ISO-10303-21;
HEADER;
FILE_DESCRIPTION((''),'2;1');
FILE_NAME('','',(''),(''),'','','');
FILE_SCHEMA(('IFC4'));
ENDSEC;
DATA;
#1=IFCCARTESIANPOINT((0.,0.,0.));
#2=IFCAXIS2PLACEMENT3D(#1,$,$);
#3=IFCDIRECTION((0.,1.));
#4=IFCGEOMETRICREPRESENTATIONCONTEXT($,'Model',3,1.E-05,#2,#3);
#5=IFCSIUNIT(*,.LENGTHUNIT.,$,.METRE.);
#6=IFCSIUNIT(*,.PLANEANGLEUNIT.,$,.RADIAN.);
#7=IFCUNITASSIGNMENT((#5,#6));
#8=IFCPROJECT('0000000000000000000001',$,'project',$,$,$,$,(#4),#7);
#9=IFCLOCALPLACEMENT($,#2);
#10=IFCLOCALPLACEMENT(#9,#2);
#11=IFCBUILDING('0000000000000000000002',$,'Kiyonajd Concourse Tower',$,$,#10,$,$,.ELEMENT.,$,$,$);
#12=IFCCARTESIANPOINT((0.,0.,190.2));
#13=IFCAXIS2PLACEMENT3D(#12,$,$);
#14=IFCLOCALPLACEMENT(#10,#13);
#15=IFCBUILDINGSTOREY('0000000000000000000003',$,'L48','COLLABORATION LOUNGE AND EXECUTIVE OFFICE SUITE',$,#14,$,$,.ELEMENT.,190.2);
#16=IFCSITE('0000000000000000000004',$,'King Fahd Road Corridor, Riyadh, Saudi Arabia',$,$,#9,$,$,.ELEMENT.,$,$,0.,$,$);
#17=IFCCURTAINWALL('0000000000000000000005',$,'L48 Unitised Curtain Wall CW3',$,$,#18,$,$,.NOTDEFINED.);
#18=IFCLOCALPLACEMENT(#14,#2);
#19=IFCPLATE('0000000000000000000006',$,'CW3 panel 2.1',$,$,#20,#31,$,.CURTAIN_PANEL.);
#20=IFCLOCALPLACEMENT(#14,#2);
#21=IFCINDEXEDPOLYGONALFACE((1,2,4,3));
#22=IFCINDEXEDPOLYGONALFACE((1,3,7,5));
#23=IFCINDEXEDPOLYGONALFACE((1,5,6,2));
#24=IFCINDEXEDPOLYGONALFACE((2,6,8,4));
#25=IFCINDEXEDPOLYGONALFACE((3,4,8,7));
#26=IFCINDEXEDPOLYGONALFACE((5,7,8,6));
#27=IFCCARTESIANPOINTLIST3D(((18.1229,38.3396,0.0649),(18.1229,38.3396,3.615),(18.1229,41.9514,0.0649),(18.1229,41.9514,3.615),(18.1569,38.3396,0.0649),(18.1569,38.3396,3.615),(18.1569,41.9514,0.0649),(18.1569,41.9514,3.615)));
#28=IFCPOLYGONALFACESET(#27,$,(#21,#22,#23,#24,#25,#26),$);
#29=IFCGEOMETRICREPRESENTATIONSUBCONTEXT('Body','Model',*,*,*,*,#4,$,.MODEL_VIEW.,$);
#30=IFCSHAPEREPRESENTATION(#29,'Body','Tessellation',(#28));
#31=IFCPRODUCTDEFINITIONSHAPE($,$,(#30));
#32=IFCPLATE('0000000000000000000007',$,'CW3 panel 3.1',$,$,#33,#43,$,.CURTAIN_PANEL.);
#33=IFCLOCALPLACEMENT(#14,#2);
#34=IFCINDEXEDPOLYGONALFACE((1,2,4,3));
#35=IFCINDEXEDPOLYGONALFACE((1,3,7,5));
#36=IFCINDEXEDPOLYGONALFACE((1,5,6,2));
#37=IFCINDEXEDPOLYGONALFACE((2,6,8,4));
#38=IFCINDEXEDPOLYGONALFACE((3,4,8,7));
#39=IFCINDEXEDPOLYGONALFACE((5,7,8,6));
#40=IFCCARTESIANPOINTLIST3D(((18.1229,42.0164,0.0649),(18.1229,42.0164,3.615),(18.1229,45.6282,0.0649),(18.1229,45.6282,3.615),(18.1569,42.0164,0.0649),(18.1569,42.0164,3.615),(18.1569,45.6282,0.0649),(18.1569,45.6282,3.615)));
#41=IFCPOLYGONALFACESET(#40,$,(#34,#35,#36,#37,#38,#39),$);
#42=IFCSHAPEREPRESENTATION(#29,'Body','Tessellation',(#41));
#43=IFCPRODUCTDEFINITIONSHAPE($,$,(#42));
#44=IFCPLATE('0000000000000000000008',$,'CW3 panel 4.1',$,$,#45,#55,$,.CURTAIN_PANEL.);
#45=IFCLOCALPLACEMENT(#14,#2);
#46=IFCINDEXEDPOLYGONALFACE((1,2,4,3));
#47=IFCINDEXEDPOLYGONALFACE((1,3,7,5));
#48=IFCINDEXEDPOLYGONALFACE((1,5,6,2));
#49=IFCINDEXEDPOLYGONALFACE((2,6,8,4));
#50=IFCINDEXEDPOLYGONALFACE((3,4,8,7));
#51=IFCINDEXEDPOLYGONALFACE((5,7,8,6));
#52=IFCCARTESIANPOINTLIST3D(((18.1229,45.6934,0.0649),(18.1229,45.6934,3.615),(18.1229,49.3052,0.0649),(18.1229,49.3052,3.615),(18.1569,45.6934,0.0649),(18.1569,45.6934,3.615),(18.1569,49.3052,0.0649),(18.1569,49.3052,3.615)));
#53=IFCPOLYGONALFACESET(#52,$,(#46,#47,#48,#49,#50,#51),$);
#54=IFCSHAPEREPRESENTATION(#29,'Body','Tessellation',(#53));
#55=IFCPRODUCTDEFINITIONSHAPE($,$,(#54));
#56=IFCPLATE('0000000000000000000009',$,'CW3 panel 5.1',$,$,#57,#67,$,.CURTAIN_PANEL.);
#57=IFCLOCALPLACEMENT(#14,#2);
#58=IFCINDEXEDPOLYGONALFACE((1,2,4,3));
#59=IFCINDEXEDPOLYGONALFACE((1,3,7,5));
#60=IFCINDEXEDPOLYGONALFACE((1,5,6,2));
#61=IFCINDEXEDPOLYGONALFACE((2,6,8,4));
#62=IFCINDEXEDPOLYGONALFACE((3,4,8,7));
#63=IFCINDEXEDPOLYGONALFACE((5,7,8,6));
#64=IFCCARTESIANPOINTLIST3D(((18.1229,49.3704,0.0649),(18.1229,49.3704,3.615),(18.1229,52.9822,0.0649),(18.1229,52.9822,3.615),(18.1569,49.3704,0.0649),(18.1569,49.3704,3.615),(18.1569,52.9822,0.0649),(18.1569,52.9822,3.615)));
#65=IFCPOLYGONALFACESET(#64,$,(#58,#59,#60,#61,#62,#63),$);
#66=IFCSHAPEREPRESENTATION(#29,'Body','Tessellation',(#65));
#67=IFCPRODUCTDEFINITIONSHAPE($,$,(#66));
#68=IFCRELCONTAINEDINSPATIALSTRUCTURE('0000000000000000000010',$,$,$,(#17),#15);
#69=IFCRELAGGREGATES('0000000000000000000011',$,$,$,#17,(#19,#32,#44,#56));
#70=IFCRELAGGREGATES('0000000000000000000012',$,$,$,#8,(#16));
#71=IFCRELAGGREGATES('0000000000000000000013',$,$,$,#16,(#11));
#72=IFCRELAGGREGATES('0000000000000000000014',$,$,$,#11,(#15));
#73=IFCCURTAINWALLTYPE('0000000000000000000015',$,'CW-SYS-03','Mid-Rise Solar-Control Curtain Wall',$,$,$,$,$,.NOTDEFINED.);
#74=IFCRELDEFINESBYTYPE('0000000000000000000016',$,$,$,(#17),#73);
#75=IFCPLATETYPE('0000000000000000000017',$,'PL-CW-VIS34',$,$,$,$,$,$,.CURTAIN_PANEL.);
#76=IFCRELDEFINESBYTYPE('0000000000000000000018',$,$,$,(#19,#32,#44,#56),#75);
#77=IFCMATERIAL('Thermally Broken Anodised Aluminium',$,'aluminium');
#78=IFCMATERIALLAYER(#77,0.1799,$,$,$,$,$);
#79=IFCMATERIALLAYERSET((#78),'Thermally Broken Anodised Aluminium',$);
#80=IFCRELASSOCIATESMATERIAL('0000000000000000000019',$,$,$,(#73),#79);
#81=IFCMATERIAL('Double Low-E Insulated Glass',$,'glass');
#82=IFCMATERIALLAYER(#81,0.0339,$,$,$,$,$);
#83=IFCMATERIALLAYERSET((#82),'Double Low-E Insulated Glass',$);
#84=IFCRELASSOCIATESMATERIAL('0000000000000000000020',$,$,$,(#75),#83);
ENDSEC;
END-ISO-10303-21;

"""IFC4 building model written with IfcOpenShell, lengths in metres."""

from ifc_helpers import new_model, si_unit, direction, frame, origin, origin_2d, place, context, subcontext, project, spatial, rectangle, extrude, material, layer, layer_set, type_object, element, aggregate, save


model = new_model("IFC4")

# Units and contexts
model_context = context("Model", 3, precision=1e-05, world=origin(), true_north=direction((0.0, 1.0)))
body_context = subcontext(model_context, "Body", "Model", "MODEL_VIEW")
ifc_project = project(units=[si_unit("LENGTHUNIT", "METRE"), si_unit("PLANEANGLEUNIT", "RADIAN")], contexts=[model_context])

# Site, building, storey
site_placement = place(None, origin())
site = spatial("IfcSite", under=ifc_project, at=site_placement, Name="King Fahd Road Corridor, Riyadh, Saudi Arabia", CompositionType="ELEMENT", RefElevation=0.0)
building_placement = place(site_placement, origin())
building = spatial("IfcBuilding", under=site, at=building_placement, Name="Kiyonajd Concourse Tower", CompositionType="ELEMENT")
storey_placement = place(building_placement, frame((0.0, 0.0, 190.2)))
storey = spatial("IfcBuildingStorey", under=building, at=storey_placement, Name="L48", Description="COLLABORATION LOUNGE AND EXECUTIVE OFFICE SUITE", CompositionType="ELEMENT", Elevation=190.2)

# Curtain wall, plates
ifc_material_1 = material(Name="Thermally Broken Anodised Aluminium", Category="aluminium")
ifc_layer_1 = layer(ifc_material_1, 0.1799)
ifc_layer_set_1 = layer_set([ifc_layer_1], Name="Thermally Broken Anodised Aluminium")
curtain_wall_type = type_object("IfcCurtainWallType", Name="CW-SYS-03", Description="Mid-Rise Solar-Control Curtain Wall", PredefinedType="NOTDEFINED", material=ifc_layer_set_1)
curtain_wall_placement = place(storey_placement, origin())
curtain_wall = element("IfcCurtainWall", 1, at=curtain_wall_placement, inside=storey, type_object=curtain_wall_type, Name="L48 Unitised Curtain Wall CW3", PredefinedType="NOTDEFINED")
ifc_material_2 = material(Name="Double Low-E Insulated Glass", Category="glass")
ifc_layer_2 = layer(ifc_material_2, 0.0339)
ifc_layer_set_2 = layer_set([ifc_layer_2], Name="Double Low-E Insulated Glass")
plate_type = type_object("IfcPlateType", Name="PL-CW-VIS34", PredefinedType="CURTAIN_PANEL", material=ifc_layer_set_2)
plate_1_placement = place(storey_placement, frame((18.1399, 40.1455, 0.0649), z_axis=(0.0, 0.0, 1.0), x_axis=(0.0, 1.0, 0.0)))
plate_1 = element("IfcPlate", 2, at=plate_1_placement, type_object=plate_type, Name="CW3 panel 2.1", PredefinedType="CURTAIN_PANEL", context=body_context, shape_type="SweptSolid", body=[
    extrude(rectangle(XDim=3.6118, YDim=0.0339, at=origin_2d()), origin(), (0.0, 0.0, 1.0), 3.55),
])
plate_2_placement = place(storey_placement, frame((18.1399, 43.8223, 0.0649), z_axis=(0.0, 0.0, 1.0), x_axis=(0.0, 1.0, 0.0)))
plate_2 = element("IfcPlate", 3, at=plate_2_placement, type_object=plate_type, Name="CW3 panel 3.1", PredefinedType="CURTAIN_PANEL", context=body_context, shape_type="SweptSolid", body=[
    extrude(rectangle(XDim=3.6118, YDim=0.0339, at=origin_2d()), origin(), (0.0, 0.0, 1.0), 3.55),
])
plate_3_placement = place(storey_placement, frame((18.1399, 47.4993, 0.0649), z_axis=(0.0, 0.0, 1.0), x_axis=(0.0, 1.0, 0.0)))
plate_3 = element("IfcPlate", 4, at=plate_3_placement, type_object=plate_type, Name="CW3 panel 4.1", PredefinedType="CURTAIN_PANEL", context=body_context, shape_type="SweptSolid", body=[
    extrude(rectangle(XDim=3.6118, YDim=0.0339, at=origin_2d()), origin(), (0.0, 0.0, 1.0), 3.55),
])
plate_4_placement = place(storey_placement, frame((18.1399, 51.1763, 0.0649), z_axis=(0.0, 0.0, 1.0), x_axis=(0.0, 1.0, 0.0)))
plate_4 = element("IfcPlate", 5, at=plate_4_placement, type_object=plate_type, Name="CW3 panel 5.1", PredefinedType="CURTAIN_PANEL", context=body_context, shape_type="SweptSolid", body=[
    extrude(rectangle(XDim=3.6118, YDim=0.0339, at=origin_2d()), origin(), (0.0, 0.0, 1.0), 3.55),
])
aggregate(curtain_wall, [plate_1, plate_2, plate_3, plate_4])

save(model, "model.ifc")
